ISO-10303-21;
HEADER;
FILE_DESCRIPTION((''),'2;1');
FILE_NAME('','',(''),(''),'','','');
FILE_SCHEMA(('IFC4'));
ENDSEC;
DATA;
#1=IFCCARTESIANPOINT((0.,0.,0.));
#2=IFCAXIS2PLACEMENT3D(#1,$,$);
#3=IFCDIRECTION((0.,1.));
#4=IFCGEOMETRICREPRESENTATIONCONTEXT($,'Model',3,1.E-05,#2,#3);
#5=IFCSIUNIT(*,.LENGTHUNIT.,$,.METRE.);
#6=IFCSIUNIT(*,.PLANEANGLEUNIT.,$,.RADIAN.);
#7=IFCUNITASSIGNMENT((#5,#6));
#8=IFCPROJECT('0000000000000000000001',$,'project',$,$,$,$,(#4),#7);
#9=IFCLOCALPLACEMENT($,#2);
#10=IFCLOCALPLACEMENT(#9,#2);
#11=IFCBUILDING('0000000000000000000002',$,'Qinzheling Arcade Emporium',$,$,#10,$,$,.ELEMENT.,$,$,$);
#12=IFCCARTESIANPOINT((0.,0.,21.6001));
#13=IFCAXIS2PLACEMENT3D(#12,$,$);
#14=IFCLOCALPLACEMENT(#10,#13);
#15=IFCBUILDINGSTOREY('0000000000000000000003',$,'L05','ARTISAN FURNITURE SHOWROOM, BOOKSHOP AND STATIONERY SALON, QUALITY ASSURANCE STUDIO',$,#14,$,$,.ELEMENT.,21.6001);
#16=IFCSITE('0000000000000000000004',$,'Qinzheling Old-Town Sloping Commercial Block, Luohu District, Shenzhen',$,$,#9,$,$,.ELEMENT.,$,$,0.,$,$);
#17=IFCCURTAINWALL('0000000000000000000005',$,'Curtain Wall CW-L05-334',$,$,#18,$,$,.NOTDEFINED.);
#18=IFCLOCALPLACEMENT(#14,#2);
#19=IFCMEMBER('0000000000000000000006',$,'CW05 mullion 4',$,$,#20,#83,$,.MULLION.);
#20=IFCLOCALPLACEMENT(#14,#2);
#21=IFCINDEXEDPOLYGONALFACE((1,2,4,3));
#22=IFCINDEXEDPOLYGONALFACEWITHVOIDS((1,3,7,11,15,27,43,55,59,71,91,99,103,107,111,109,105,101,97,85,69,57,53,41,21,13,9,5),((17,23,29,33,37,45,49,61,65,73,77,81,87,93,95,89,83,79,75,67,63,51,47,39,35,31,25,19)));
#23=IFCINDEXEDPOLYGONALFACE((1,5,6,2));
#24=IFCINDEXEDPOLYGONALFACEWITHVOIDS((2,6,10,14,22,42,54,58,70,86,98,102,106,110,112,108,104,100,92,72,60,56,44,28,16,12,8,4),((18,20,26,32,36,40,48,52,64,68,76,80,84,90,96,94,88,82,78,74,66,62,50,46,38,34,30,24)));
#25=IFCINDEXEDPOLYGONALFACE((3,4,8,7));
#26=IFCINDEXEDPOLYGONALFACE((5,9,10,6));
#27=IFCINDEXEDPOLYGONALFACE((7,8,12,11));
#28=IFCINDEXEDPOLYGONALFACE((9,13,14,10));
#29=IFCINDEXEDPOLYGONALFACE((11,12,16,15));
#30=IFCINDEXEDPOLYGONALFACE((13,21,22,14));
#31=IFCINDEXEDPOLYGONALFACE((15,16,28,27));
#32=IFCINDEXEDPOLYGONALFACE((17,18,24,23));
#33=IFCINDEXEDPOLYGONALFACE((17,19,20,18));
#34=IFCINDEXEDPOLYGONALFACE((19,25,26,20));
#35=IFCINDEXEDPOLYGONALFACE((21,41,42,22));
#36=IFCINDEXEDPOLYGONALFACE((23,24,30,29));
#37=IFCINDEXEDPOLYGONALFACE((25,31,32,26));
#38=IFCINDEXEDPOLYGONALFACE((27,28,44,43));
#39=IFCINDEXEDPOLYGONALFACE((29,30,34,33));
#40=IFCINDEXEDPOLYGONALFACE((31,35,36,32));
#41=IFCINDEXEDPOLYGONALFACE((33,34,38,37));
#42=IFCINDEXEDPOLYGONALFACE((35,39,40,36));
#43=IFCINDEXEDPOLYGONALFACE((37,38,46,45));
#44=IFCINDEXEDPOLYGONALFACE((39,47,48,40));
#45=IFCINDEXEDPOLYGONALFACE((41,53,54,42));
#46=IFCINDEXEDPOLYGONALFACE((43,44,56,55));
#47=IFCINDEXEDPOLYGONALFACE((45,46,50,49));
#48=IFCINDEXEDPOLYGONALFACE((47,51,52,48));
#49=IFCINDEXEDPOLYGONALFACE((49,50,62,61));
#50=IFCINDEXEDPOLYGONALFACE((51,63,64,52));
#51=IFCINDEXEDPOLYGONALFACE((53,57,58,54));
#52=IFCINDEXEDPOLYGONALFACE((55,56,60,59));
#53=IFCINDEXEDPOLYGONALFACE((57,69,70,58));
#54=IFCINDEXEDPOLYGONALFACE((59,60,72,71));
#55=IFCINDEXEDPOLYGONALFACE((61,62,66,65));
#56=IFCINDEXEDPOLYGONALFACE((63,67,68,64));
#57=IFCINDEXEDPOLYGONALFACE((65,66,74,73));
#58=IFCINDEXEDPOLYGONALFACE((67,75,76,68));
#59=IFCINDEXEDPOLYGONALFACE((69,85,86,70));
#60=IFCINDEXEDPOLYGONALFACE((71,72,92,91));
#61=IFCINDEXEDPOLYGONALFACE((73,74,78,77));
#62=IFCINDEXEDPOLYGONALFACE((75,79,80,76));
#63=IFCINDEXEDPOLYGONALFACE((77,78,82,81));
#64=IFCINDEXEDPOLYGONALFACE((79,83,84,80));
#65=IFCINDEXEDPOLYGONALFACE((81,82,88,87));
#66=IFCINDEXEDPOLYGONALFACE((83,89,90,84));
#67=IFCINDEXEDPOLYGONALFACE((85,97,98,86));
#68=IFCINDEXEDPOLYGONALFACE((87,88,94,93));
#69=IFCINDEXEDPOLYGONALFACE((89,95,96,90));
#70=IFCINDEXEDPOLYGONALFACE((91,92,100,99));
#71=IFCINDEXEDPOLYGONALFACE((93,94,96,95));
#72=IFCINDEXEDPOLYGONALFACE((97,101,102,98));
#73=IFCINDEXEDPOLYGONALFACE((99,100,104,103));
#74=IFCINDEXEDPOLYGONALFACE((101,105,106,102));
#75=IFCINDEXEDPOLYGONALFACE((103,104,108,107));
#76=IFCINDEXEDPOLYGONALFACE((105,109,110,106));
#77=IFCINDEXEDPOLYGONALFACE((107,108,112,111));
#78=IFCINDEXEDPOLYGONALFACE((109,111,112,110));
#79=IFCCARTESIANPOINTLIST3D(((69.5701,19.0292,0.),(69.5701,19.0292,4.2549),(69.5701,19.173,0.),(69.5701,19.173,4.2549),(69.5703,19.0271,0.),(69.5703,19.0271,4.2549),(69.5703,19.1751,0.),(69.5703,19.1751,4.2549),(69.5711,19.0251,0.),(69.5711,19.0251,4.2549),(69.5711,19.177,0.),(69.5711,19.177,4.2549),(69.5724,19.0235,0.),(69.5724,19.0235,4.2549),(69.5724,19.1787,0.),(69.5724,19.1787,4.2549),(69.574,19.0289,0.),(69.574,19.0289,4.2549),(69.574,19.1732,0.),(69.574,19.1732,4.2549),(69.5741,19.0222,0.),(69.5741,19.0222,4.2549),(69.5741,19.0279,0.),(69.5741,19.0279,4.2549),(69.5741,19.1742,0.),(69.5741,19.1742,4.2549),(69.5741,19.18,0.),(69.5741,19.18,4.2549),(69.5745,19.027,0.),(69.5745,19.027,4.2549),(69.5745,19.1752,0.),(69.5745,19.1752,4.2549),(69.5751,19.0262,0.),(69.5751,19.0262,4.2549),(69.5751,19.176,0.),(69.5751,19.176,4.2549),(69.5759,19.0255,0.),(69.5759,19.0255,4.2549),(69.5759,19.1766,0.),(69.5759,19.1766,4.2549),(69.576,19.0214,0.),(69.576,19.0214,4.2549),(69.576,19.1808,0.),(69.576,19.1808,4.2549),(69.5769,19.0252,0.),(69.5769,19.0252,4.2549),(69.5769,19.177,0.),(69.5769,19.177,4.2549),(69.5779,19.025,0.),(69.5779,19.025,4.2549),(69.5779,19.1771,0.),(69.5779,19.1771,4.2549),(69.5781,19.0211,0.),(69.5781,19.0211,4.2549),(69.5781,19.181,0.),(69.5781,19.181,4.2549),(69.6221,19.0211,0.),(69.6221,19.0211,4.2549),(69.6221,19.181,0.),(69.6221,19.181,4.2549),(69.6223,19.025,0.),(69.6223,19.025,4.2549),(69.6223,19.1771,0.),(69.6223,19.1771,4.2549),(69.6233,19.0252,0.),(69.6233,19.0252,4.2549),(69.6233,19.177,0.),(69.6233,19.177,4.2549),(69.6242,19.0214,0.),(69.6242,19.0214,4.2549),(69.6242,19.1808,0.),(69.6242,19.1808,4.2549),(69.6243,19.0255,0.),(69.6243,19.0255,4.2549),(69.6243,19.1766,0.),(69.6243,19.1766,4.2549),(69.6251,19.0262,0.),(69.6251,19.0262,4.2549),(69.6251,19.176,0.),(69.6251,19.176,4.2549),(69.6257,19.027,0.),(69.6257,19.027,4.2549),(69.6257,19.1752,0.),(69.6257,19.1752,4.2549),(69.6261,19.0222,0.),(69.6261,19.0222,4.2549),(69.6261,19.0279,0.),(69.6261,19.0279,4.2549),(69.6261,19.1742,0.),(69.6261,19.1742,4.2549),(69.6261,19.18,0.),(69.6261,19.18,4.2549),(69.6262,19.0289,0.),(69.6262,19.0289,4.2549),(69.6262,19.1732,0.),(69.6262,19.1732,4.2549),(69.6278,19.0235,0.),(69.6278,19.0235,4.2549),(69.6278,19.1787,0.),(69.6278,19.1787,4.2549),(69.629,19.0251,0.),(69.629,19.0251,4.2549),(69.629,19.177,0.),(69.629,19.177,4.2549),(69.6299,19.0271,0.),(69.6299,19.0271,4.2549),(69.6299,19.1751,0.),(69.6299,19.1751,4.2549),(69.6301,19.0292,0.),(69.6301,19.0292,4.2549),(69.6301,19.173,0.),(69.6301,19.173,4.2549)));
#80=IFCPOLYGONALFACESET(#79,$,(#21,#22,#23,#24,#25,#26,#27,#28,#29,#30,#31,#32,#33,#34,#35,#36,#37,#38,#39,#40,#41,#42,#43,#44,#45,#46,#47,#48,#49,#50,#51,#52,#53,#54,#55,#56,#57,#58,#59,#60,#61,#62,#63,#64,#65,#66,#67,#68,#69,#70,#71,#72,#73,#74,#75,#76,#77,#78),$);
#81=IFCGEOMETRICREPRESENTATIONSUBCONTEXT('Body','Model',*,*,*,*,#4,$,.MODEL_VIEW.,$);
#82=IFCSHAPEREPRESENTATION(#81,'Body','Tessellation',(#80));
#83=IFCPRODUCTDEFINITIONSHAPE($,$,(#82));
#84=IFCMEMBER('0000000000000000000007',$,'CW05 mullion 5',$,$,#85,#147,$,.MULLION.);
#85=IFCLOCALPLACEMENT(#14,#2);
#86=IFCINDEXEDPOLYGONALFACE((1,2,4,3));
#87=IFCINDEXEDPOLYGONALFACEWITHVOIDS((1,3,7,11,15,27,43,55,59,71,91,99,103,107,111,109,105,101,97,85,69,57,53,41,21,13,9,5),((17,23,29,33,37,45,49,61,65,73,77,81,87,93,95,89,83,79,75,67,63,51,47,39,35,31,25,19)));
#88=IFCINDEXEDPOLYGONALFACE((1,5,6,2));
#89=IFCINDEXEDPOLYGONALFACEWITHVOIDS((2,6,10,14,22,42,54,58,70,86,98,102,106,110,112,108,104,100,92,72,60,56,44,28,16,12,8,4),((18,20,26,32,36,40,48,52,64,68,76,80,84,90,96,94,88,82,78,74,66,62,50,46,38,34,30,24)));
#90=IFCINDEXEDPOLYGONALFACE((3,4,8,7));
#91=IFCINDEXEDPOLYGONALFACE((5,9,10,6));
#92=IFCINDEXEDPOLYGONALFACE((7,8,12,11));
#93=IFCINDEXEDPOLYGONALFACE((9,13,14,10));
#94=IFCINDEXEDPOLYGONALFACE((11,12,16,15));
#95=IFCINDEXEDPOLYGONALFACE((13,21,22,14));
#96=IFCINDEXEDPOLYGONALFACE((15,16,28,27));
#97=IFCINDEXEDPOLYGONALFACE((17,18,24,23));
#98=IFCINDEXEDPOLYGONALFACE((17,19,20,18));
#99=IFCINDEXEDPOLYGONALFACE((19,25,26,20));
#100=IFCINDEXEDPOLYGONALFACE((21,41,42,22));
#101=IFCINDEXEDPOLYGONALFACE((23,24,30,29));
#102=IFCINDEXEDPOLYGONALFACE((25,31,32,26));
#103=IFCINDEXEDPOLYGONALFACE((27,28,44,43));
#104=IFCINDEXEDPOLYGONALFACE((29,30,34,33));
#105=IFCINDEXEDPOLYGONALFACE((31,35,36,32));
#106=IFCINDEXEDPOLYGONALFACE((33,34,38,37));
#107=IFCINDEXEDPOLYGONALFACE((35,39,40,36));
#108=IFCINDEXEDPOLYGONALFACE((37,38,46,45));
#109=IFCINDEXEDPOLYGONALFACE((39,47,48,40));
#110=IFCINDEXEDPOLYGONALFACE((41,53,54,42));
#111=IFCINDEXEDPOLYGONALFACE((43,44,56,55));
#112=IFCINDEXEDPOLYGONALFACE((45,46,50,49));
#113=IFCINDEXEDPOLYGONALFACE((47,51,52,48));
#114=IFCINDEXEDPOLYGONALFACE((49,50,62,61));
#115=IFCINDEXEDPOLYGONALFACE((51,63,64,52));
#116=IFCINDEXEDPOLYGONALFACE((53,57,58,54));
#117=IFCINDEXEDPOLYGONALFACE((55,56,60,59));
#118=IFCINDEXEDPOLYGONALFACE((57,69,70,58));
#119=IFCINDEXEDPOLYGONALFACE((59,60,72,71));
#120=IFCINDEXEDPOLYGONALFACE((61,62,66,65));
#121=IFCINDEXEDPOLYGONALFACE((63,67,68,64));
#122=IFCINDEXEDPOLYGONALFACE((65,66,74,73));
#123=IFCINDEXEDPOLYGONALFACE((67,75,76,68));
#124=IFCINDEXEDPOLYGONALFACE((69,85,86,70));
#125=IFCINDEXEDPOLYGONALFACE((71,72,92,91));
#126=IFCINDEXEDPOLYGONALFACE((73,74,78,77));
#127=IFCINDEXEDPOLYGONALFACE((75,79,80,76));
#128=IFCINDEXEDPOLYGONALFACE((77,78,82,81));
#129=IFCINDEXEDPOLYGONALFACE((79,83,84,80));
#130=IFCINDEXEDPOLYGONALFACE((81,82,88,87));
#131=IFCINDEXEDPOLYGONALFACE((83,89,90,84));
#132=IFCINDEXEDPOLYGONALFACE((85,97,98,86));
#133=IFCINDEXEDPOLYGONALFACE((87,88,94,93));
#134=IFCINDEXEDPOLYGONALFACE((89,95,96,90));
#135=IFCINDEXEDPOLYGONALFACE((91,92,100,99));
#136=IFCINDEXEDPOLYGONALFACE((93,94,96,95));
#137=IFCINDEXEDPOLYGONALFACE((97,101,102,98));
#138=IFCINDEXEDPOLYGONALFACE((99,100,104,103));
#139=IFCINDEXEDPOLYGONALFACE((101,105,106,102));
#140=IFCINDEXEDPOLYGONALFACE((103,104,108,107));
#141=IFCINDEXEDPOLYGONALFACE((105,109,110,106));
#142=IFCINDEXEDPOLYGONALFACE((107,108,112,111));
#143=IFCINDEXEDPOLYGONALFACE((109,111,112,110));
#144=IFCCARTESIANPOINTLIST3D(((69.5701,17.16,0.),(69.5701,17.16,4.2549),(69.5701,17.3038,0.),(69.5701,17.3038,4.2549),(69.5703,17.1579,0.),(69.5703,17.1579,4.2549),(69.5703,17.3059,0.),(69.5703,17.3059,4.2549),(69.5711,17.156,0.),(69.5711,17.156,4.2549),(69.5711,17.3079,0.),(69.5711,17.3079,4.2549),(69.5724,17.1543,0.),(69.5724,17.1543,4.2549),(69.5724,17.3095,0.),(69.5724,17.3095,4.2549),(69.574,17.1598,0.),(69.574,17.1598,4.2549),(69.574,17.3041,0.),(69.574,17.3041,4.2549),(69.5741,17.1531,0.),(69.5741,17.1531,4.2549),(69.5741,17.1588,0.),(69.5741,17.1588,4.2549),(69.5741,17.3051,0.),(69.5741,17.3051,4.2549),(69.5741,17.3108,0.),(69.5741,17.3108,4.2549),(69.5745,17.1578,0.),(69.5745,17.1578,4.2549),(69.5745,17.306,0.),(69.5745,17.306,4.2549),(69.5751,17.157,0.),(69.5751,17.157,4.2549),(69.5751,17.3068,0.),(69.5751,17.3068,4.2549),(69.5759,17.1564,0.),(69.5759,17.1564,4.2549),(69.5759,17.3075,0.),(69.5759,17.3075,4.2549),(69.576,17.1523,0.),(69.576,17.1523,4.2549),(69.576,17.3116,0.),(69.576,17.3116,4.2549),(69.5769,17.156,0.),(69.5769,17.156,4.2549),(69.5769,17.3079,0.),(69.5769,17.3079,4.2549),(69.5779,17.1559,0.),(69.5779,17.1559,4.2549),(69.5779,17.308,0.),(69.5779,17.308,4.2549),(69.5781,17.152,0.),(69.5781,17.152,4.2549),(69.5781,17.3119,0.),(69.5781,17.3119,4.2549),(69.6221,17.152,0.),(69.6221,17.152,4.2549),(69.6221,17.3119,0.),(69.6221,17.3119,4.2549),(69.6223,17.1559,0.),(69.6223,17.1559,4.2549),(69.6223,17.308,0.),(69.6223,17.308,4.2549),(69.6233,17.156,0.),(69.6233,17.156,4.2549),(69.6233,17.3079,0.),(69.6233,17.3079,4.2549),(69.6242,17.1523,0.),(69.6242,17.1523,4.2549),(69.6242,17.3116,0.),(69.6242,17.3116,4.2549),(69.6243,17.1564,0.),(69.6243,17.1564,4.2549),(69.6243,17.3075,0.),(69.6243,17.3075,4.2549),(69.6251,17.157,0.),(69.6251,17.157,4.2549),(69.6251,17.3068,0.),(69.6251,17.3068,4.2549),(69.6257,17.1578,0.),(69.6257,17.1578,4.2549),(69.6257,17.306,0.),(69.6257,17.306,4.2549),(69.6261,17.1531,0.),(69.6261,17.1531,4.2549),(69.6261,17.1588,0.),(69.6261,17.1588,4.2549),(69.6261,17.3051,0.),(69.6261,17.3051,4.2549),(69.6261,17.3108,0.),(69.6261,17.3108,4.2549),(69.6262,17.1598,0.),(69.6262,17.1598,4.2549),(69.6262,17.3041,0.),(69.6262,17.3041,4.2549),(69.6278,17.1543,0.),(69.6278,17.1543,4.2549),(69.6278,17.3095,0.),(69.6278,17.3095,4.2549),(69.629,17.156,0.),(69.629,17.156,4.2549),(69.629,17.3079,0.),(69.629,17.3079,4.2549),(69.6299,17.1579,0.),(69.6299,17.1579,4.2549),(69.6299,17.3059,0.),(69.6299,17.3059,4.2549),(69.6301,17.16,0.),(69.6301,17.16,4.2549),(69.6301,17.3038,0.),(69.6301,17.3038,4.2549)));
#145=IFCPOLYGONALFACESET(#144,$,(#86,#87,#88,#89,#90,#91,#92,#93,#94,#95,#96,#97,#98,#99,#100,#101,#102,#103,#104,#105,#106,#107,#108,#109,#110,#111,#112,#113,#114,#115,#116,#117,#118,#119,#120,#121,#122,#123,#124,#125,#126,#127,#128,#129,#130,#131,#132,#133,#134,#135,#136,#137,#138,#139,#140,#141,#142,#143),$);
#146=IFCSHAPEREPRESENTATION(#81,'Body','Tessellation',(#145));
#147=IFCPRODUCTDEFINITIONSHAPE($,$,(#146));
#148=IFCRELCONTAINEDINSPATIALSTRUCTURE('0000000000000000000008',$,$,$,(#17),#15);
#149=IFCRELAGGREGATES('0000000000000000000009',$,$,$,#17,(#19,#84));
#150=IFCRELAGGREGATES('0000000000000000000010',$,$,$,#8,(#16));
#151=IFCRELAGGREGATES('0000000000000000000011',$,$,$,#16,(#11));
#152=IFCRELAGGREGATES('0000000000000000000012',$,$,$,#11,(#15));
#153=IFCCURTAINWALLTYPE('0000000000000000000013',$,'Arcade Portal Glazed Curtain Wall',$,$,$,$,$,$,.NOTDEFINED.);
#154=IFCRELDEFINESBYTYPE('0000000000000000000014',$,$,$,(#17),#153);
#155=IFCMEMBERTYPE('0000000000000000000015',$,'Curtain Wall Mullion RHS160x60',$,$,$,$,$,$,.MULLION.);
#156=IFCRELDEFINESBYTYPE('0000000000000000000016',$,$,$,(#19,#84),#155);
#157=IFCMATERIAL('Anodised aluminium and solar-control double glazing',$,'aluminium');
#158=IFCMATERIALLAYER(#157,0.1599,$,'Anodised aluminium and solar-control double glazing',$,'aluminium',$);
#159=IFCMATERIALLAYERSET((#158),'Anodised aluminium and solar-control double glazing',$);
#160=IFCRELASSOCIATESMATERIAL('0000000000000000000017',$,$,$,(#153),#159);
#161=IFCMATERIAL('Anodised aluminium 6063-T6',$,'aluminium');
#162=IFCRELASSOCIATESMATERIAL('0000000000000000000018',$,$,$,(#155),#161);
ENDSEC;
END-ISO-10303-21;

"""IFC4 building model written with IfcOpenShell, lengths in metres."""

from ifc_helpers import new_model, si_unit, direction, frame, origin, origin_2d, place, context, subcontext, project, spatial, hollow_rectangle, extrude, material, layer, layer_set, material_profile, profile_set, type_object, element, aggregate, save


model = new_model("IFC4")

# Units and contexts
model_context = context("Model", 3, precision=1e-05, world=origin(), true_north=direction((0.0, 1.0)))
body_context = subcontext(model_context, "Body", "Model", "MODEL_VIEW")
ifc_project = project(units=[si_unit("LENGTHUNIT", "METRE"), si_unit("PLANEANGLEUNIT", "RADIAN")], contexts=[model_context])

# Site, building, storey
site_placement = place(None, origin())
site = spatial("IfcSite", under=ifc_project, at=site_placement, Name="Qinzheling Old-Town Sloping Commercial Block, Luohu District, Shenzhen", CompositionType="ELEMENT", RefElevation=0.0)
building_placement = place(site_placement, origin())
building = spatial("IfcBuilding", under=site, at=building_placement, Name="Qinzheling Arcade Emporium", CompositionType="ELEMENT")
storey_placement = place(building_placement, frame((0.0, 0.0, 21.6001)))
storey = spatial("IfcBuildingStorey", under=building, at=storey_placement, Name="L05", Description="ARTISAN FURNITURE SHOWROOM, BOOKSHOP AND STATIONERY SALON, QUALITY ASSURANCE STUDIO", CompositionType="ELEMENT", Elevation=21.6001)

# Curtain wall, members
ifc_material_1 = material(Name="Anodised aluminium and solar-control double glazing", Category="aluminium")
ifc_layer_1 = layer(ifc_material_1, 0.1599, Name="Anodised aluminium and solar-control double glazing", Category="aluminium")
ifc_layer_set_1 = layer_set([ifc_layer_1], Name="Anodised aluminium and solar-control double glazing")
curtain_wall_type = type_object("IfcCurtainWallType", Name="Arcade Portal Glazed Curtain Wall", PredefinedType="NOTDEFINED", material=ifc_layer_set_1)
curtain_wall_placement = place(storey_placement, origin())
curtain_wall = element("IfcCurtainWall", 1, at=curtain_wall_placement, inside=storey, type_object=curtain_wall_type, Name="Curtain Wall CW-L05-334", PredefinedType="NOTDEFINED")
ifc_material_2 = material(Name="Anodised aluminium 6063-T6", Category="aluminium")
ifc_material_profile_1 = material_profile(ifc_material_2, hollow_rectangle(XDim=0.0601, YDim=0.1599, WallThickness=0.0039, InnerFilletRadius=0.0039, OuterFilletRadius=0.0081, at=origin_2d()), Name="RHS 160x60x4", Category="aluminium")
ifc_profile_set_1 = profile_set([ifc_material_profile_1], Name="Anodised aluminium 6063-T6")
member_type_1 = type_object("IfcMemberType", Name="Curtain Wall Mullion RHS160x60", PredefinedType="MULLION", material=ifc_profile_set_1)
member_1_placement = place(storey_placement, frame((69.6001, 19.1011, 0.0), z_axis=(0.0, 0.0, 1.0), x_axis=(1.0, 0.0, 0.0)))
member_1 = element("IfcMember", 2, at=member_1_placement, type_object=member_type_1, Name="CW05 mullion 4", PredefinedType="MULLION", context=body_context, shape_type="SweptSolid", body=[
    extrude(hollow_rectangle(XDim=0.0601, YDim=0.1599, WallThickness=0.0039, InnerFilletRadius=0.0039, OuterFilletRadius=0.0081, at=origin_2d()), origin(), (0.0, 0.0, 1.0), 4.2549),
])
member_2_placement = place(storey_placement, frame((69.6001, 17.2319, 0.0), z_axis=(0.0, 0.0, 1.0), x_axis=(1.0, 0.0, 0.0)))
member_2 = element("IfcMember", 3, at=member_2_placement, type_object=member_type_1, Name="CW05 mullion 5", PredefinedType="MULLION", context=body_context, shape_type="SweptSolid", body=[
    extrude(hollow_rectangle(XDim=0.0601, YDim=0.1599, WallThickness=0.0039, InnerFilletRadius=0.0039, OuterFilletRadius=0.0081, at=origin_2d()), origin(), (0.0, 0.0, 1.0), 4.2549),
])
aggregate(curtain_wall, [member_1, member_2])

save(model, "model.ifc")
